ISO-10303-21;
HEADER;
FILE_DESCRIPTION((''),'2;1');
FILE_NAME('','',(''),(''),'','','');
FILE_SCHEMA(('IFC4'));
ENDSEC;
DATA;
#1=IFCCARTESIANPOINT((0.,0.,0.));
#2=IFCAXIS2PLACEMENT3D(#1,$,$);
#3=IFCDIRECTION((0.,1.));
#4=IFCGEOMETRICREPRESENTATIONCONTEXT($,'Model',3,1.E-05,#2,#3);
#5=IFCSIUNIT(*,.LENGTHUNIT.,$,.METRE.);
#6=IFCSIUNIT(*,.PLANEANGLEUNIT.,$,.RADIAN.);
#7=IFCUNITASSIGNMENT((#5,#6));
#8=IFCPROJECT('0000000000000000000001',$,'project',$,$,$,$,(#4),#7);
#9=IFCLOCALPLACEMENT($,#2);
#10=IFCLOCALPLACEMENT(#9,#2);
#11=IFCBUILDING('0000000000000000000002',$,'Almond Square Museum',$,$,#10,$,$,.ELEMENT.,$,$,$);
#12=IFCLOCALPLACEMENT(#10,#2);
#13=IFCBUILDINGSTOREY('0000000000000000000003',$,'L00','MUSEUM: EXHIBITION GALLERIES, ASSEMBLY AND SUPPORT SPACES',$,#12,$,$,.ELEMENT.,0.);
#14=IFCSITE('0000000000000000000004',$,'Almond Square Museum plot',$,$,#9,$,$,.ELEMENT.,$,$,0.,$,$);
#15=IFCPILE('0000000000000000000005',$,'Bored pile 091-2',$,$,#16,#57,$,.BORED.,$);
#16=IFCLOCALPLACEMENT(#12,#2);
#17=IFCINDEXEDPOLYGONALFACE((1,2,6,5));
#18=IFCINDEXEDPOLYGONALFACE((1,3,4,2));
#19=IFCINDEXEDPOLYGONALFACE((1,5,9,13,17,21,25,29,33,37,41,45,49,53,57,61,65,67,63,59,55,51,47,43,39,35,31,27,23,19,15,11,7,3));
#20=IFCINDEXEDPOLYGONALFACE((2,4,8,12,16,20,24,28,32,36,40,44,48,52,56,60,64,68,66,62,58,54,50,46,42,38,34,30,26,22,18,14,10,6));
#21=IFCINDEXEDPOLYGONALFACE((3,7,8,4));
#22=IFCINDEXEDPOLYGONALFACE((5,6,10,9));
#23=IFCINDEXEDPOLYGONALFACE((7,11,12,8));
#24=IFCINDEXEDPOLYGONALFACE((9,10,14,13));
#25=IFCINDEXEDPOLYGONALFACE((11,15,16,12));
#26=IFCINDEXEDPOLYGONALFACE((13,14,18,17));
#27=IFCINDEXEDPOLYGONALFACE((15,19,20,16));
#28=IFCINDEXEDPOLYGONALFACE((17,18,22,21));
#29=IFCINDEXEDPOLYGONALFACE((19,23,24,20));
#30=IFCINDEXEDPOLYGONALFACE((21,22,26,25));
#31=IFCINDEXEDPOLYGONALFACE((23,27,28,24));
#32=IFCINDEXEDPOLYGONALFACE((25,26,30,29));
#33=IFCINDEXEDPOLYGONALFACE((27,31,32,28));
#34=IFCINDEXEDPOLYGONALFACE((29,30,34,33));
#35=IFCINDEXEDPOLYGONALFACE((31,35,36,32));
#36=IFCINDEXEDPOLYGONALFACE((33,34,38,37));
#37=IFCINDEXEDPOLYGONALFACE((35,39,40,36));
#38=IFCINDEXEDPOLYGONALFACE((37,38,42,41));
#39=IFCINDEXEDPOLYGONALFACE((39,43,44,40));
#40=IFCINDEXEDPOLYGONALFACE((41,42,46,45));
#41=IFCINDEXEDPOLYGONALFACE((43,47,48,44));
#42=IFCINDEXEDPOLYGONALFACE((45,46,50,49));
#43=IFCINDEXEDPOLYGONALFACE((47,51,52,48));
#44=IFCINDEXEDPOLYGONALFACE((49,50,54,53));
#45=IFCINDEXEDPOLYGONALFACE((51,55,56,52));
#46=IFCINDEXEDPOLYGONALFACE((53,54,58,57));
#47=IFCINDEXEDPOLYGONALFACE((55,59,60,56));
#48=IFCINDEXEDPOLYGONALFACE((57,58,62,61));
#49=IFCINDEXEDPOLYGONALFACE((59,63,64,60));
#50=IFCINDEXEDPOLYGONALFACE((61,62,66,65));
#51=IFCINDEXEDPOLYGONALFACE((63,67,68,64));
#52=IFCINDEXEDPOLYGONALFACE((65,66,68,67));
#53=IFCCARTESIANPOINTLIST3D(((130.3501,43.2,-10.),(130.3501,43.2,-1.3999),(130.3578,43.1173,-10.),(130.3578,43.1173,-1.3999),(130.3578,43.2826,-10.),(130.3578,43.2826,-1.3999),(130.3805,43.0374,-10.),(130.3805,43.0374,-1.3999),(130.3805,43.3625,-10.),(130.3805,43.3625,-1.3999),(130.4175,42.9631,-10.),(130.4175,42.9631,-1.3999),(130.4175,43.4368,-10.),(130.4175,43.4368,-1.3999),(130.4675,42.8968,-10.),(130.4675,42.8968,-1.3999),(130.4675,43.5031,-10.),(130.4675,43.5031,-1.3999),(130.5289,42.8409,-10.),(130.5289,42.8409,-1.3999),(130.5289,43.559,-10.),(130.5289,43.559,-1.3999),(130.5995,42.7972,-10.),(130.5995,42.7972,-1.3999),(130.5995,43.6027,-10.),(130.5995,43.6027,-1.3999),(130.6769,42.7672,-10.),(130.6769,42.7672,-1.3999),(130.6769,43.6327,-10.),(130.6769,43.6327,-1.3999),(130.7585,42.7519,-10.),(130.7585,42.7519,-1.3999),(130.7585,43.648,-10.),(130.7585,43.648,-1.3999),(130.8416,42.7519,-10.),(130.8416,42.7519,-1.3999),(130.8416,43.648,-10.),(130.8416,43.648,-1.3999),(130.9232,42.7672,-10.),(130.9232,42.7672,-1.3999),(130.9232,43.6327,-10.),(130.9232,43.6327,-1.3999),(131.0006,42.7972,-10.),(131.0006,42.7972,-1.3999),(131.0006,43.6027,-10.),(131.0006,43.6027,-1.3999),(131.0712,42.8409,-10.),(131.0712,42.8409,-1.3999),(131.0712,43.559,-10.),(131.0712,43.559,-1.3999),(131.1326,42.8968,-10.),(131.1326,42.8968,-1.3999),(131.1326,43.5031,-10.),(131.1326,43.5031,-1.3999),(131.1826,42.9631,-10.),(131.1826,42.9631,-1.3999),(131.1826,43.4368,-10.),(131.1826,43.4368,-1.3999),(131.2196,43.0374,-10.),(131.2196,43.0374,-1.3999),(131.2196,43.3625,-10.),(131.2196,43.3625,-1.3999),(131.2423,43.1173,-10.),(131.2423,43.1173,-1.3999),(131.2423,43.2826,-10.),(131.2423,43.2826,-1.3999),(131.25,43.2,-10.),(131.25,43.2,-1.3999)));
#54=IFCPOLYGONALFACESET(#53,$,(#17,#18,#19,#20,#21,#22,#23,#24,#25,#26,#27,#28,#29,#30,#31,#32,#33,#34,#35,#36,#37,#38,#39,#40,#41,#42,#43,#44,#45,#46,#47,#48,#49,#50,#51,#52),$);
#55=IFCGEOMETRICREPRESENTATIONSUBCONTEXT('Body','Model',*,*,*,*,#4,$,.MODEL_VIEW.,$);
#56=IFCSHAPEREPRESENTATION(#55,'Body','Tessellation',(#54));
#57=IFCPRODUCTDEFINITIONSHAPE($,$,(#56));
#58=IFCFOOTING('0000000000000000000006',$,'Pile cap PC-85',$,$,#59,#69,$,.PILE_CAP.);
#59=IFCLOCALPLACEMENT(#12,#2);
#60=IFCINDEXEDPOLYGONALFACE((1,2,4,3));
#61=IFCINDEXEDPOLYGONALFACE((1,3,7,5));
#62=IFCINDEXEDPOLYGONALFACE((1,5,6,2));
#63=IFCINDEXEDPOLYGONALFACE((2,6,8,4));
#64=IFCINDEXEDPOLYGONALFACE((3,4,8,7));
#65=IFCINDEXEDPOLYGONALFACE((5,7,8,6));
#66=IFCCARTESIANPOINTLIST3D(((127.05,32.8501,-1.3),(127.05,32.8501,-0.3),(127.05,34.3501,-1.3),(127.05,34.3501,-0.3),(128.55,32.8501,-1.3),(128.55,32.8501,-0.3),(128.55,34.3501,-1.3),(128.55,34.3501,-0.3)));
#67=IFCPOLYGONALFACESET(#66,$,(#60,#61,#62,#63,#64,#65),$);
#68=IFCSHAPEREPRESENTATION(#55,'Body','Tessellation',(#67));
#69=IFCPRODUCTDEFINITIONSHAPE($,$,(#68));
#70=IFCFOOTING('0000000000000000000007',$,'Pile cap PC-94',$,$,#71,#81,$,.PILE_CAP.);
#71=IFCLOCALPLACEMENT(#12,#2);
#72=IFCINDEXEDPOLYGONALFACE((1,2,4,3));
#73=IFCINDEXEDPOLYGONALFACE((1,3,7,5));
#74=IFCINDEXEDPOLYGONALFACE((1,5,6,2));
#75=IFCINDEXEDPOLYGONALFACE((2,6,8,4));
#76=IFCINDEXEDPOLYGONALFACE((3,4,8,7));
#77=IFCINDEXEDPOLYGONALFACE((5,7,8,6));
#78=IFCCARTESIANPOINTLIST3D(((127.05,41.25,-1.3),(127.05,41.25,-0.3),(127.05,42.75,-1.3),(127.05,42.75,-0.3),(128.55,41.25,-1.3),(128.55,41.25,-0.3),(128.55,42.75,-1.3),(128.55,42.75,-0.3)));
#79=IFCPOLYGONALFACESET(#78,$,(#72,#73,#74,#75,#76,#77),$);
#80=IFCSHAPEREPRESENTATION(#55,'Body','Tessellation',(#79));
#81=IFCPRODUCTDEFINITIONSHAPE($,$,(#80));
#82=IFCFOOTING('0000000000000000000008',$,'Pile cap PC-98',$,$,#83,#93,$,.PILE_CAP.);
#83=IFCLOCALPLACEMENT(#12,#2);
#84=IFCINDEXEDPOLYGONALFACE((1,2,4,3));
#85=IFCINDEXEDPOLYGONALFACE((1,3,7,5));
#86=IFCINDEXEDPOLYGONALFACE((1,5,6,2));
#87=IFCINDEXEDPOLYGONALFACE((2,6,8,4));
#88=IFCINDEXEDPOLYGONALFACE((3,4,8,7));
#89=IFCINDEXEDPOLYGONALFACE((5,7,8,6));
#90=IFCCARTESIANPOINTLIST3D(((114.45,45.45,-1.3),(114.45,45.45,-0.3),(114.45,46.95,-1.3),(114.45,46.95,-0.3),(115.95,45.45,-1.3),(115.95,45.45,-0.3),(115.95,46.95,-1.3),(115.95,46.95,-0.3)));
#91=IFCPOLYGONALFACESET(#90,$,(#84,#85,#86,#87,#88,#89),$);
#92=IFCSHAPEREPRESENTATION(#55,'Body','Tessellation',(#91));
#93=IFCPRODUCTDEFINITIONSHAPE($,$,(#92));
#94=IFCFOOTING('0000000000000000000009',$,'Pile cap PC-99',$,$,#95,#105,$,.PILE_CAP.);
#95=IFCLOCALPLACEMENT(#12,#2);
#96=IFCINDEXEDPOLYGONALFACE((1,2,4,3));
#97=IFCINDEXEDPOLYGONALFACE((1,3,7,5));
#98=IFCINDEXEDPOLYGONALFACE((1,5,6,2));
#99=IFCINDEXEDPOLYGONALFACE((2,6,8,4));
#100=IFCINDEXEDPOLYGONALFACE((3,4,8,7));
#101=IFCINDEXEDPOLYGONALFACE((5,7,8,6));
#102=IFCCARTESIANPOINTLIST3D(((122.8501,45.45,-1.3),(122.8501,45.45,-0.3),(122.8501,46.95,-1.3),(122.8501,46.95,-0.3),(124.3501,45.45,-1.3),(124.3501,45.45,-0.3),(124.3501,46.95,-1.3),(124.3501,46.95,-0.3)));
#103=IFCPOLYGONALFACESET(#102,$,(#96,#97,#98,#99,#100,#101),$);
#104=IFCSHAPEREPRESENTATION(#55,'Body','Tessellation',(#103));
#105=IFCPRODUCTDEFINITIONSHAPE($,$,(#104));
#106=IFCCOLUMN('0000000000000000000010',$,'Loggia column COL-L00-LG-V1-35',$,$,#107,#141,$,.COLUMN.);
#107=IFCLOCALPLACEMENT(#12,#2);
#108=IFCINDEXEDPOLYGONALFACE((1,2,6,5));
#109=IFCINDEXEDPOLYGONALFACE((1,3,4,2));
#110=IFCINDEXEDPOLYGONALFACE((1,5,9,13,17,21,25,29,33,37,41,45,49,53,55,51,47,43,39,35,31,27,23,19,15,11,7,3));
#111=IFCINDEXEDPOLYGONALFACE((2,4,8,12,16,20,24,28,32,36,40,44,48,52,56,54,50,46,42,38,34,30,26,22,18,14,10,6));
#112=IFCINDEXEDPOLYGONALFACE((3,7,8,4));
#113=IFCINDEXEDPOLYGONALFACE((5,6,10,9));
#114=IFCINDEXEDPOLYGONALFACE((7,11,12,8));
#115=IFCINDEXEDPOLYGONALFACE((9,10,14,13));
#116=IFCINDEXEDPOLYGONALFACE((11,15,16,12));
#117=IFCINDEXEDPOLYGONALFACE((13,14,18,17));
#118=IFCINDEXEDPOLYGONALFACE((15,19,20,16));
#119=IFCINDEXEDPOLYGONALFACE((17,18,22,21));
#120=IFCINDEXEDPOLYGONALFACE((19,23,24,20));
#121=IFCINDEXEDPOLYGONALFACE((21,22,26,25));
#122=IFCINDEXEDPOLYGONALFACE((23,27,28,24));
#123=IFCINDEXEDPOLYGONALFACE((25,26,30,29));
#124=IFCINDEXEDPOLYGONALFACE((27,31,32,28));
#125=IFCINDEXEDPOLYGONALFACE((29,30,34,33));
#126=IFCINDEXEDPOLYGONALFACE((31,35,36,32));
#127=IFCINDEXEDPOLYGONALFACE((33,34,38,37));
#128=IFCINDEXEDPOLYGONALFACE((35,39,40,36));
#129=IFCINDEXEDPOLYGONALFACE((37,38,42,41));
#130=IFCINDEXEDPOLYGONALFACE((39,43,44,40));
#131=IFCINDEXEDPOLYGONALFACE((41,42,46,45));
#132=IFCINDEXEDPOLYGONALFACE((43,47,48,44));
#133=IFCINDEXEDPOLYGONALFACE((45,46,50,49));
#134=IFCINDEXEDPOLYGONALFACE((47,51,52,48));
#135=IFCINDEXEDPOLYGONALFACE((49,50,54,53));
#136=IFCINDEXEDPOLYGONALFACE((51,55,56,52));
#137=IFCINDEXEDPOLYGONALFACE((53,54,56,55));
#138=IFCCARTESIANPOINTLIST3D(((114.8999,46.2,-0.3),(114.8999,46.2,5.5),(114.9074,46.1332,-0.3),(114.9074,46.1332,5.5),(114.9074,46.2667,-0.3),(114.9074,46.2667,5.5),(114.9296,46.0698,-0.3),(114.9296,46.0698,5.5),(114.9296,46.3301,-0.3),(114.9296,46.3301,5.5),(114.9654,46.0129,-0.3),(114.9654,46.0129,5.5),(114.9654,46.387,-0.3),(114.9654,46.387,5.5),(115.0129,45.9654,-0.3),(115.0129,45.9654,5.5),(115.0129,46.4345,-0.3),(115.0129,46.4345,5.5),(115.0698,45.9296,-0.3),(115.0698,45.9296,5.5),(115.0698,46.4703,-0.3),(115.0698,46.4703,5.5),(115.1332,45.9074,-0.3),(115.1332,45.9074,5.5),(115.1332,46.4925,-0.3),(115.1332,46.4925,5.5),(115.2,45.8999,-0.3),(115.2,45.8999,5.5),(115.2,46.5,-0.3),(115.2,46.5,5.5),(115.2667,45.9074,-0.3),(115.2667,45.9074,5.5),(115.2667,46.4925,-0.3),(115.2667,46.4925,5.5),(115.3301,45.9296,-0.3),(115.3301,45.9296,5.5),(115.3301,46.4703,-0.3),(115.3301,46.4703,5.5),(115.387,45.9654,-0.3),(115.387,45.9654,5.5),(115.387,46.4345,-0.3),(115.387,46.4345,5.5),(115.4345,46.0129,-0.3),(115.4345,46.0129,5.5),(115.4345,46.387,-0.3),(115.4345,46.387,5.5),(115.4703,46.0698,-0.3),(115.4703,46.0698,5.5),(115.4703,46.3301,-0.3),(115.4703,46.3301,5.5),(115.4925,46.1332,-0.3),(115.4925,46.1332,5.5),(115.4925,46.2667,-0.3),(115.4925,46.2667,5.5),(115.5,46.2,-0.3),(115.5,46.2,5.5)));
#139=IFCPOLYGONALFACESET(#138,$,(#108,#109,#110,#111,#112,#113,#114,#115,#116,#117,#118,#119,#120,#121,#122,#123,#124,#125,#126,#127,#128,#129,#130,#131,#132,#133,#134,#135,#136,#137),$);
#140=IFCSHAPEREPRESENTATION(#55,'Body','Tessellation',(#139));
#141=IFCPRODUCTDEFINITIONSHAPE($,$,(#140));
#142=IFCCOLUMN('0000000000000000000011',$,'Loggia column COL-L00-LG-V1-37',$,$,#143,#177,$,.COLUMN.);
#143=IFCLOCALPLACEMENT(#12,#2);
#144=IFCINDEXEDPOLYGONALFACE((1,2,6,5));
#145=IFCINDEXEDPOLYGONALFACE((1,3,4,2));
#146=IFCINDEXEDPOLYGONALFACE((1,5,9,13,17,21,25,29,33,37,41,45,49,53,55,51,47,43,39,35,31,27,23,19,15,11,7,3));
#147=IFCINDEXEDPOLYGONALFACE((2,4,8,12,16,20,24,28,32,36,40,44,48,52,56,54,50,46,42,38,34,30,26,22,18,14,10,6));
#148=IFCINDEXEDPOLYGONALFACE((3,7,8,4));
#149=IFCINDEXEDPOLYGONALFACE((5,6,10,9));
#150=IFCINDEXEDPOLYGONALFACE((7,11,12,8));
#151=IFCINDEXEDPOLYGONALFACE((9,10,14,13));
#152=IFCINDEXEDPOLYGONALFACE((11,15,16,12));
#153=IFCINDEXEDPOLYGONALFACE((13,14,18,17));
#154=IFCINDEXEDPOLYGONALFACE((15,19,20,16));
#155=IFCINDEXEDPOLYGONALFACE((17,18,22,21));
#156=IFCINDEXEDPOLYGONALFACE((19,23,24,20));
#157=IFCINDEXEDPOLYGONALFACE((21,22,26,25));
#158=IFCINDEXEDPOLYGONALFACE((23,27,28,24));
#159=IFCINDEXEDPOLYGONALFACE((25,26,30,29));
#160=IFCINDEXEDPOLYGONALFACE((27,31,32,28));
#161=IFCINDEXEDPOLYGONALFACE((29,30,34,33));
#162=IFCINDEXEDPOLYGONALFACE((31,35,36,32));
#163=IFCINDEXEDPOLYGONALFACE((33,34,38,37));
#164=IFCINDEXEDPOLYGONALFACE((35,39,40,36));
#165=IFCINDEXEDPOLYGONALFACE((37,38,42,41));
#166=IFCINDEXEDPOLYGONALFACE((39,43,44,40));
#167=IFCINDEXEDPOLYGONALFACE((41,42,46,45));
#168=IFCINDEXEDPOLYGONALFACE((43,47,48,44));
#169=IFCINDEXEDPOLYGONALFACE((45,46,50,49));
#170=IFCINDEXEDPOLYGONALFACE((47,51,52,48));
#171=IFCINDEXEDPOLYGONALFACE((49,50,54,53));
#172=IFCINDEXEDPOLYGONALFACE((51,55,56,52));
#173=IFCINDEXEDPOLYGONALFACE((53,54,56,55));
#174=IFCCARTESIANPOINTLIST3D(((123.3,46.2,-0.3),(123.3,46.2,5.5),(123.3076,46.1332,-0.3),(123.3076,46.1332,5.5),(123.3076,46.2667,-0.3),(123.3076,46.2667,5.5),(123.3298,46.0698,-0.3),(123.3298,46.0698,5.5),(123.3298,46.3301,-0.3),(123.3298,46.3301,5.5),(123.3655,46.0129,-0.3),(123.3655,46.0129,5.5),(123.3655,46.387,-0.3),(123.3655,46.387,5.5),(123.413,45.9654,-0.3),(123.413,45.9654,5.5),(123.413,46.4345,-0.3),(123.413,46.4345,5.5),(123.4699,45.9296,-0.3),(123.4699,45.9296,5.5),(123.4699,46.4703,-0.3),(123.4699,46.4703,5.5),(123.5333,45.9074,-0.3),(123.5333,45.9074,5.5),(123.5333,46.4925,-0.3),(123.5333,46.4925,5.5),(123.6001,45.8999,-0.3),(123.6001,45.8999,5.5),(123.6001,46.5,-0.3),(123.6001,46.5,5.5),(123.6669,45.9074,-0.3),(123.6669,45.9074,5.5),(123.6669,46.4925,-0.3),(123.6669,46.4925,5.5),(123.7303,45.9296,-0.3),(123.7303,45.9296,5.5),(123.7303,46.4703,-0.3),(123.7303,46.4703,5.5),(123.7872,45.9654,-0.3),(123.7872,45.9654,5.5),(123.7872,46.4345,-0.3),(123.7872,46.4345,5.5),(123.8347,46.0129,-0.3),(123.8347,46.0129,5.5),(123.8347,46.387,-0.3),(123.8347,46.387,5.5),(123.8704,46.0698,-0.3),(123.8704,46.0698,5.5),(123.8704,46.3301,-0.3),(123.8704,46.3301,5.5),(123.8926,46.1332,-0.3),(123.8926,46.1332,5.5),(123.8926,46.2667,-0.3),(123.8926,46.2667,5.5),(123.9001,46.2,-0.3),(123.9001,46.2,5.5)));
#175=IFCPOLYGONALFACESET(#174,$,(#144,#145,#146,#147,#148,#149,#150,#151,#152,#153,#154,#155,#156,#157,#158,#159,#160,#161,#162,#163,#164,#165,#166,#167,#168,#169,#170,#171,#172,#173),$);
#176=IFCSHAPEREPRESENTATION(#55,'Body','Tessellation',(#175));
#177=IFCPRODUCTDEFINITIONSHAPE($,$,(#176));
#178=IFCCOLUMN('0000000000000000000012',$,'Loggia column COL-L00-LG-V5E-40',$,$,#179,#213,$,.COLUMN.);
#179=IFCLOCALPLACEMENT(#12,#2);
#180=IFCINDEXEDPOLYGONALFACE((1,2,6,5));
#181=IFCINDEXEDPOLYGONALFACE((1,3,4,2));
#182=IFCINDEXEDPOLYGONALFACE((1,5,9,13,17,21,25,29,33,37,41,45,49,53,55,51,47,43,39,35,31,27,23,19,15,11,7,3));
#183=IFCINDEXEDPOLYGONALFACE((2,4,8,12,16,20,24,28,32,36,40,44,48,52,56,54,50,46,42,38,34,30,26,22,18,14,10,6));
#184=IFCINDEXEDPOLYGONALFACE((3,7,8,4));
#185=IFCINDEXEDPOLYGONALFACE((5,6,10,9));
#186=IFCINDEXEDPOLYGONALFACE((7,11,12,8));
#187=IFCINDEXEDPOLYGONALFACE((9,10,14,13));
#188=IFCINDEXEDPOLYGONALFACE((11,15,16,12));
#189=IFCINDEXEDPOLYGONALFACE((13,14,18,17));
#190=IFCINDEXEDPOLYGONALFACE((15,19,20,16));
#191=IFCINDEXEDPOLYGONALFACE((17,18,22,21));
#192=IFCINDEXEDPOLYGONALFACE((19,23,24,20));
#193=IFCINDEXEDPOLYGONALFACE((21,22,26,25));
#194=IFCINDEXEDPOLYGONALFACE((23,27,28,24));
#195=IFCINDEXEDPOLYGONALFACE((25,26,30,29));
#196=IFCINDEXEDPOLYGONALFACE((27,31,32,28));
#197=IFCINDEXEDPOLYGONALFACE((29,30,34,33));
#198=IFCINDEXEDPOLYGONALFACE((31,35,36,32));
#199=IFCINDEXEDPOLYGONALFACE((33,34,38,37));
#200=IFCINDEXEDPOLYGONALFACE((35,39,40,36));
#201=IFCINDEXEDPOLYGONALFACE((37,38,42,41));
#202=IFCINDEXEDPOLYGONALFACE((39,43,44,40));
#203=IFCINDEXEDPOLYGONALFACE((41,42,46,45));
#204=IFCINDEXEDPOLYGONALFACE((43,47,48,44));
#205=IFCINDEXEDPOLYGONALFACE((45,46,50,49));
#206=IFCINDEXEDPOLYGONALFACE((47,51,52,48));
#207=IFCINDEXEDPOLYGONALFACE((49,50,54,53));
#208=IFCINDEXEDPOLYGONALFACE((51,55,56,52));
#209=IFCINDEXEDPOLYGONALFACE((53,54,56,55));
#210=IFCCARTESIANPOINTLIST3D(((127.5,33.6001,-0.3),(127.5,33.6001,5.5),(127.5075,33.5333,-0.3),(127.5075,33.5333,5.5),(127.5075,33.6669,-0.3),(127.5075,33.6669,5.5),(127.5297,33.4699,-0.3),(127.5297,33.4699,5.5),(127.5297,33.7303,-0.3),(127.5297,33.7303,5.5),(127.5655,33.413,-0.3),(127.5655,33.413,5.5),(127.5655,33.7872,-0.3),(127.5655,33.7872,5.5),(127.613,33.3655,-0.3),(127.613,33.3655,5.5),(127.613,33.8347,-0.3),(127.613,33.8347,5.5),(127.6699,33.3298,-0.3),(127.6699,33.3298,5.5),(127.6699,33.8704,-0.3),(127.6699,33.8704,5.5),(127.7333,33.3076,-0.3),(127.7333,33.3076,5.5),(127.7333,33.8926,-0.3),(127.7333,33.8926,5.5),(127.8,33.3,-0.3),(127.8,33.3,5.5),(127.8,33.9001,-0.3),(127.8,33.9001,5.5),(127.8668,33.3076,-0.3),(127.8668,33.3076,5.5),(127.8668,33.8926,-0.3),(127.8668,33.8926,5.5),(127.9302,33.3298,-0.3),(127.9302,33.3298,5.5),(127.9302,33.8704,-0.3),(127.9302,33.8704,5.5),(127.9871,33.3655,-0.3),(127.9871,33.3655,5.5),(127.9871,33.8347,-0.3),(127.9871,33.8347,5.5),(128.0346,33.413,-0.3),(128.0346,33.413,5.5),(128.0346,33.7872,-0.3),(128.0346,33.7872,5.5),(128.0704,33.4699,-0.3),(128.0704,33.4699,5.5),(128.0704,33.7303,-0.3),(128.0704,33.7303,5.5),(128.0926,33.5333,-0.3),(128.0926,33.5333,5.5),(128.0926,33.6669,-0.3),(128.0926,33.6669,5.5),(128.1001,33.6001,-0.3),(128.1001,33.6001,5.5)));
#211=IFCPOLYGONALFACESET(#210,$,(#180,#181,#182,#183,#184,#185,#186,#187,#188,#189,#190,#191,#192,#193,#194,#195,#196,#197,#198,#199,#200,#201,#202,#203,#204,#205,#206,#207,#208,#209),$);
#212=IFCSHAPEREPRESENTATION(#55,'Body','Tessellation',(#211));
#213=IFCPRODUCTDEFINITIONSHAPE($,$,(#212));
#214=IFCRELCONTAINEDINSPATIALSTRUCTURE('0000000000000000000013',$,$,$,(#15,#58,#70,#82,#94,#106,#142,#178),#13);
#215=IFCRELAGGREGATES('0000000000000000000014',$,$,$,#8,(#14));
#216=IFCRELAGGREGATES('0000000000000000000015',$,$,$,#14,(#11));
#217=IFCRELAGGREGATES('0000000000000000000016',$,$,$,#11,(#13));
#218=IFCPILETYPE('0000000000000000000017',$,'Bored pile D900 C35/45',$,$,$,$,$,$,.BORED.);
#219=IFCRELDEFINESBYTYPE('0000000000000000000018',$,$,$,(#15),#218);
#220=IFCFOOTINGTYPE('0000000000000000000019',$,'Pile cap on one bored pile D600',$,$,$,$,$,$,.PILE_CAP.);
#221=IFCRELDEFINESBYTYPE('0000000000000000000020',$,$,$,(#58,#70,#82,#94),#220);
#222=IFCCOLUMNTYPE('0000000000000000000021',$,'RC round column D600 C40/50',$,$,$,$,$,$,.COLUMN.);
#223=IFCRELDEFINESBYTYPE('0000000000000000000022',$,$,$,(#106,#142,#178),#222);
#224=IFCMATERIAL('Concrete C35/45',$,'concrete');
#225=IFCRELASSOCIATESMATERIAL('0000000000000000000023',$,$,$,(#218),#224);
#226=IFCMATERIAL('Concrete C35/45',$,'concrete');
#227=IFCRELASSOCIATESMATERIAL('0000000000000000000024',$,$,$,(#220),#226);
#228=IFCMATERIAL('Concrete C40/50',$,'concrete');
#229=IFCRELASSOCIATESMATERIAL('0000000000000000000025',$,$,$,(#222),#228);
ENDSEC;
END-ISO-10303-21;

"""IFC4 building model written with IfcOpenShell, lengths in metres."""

from ifc_helpers import new_model, si_unit, direction, frame, origin, origin_2d, place, context, subcontext, project, spatial, rectangle, circle, extrude, material, material_profile, profile_set, type_object, element, save


model = new_model("IFC4")

# Units and contexts
model_context = context("Model", 3, precision=1e-05, world=origin(), true_north=direction((0.0, 1.0)))
body_context = subcontext(model_context, "Body", "Model", "MODEL_VIEW")
ifc_project = project(units=[si_unit("LENGTHUNIT", "METRE"), si_unit("PLANEANGLEUNIT", "RADIAN")], contexts=[model_context])

# Site, building, storey
site_placement = place(None, origin())
site = spatial("IfcSite", under=ifc_project, at=site_placement, Name="Almond Square Museum plot", CompositionType="ELEMENT", RefElevation=0.0)
building_placement = place(site_placement, origin())
building = spatial("IfcBuilding", under=site, at=building_placement, Name="Almond Square Museum", CompositionType="ELEMENT")
storey_placement = place(building_placement, origin())
storey = spatial("IfcBuildingStorey", under=building, at=storey_placement, Name="L00", Description="MUSEUM: EXHIBITION GALLERIES, ASSEMBLY AND SUPPORT SPACES", CompositionType="ELEMENT", Elevation=0.0)

# Pile
ifc_material_1 = material(Name="Concrete C35/45", Category="concrete")
ifc_material_profile_1 = material_profile(ifc_material_1, circle(Radius=0.45, at=origin_2d()))
ifc_profile_set_1 = profile_set([ifc_material_profile_1], Name="Concrete C35/45")
pile_type_1 = type_object("IfcPileType", Name="Bored pile D900 C35/45", PredefinedType="BORED", material=ifc_profile_set_1)
for number, where, z_axis, x_axis, name in (
    (1, (130.8, 43.2, -1.3999), (0.0, 0.0, -1.0), (1.0, 0.0, 0.0), "Bored pile 091-2"),
):
    element("IfcPile", number, at=place(storey_placement, frame(where, z_axis=z_axis, x_axis=x_axis)), inside=storey, type_object=pile_type_1, Name=name, PredefinedType="BORED", context=body_context, shape_type="SweptSolid", body=[
        extrude(circle(Radius=0.45, at=origin_2d()), origin(), (0.0, 0.0, 1.0), 8.6001),
    ])

# Footings
ifc_material_2 = material(Name="Concrete C35/45", Category="concrete")
footing_type = type_object("IfcFootingType", Name="Pile cap on one bored pile D600", PredefinedType="PILE_CAP", material=ifc_material_2)
for number, where, z_axis, x_axis, name in (
    (2, (127.8, 33.6001, -1.3), (0.0, 0.0, 1.0), (1.0, 0.0, 0.0), "Pile cap PC-85"),
    (3, (127.8, 42.0, -1.3), (0.0, 0.0, 1.0), (1.0, 0.0, 0.0), "Pile cap PC-94"),
    (4, (115.2, 46.2, -1.3), (0.0, 0.0, 1.0), (1.0, 0.0, 0.0), "Pile cap PC-98"),
    (5, (123.6001, 46.2, -1.3), (0.0, 0.0, 1.0), (1.0, 0.0, 0.0), "Pile cap PC-99"),
):
    element("IfcFooting", number, at=place(storey_placement, frame(where, z_axis=z_axis, x_axis=x_axis)), inside=storey, type_object=footing_type, Name=name, PredefinedType="PILE_CAP", context=body_context, shape_type="SweptSolid", body=[
        extrude(rectangle(XDim=1.5, YDim=1.5, at=origin_2d()), origin(), (0.0, 0.0, 1.0), 1.0),
    ])

# Columns
ifc_material_3 = material(Name="Concrete C40/50", Category="concrete")
ifc_material_profile_2 = material_profile(ifc_material_3, circle(Radius=0.3, at=origin_2d()))
ifc_profile_set_2 = profile_set([ifc_material_profile_2], Name="Concrete C40/50")
column_type = type_object("IfcColumnType", Name="RC round column D600 C40/50", PredefinedType="COLUMN", material=ifc_profile_set_2)
for number, where, z_axis, x_axis, name in (
    (6, (115.2, 46.2, -0.3), (0.0, 0.0, 1.0), (1.0, 0.0, 0.0), "Loggia column COL-L00-LG-V1-35"),
    (7, (123.6001, 46.2, -0.3), (0.0, 0.0, 1.0), (1.0, 0.0, 0.0), "Loggia column COL-L00-LG-V1-37"),
    (8, (127.8, 33.6001, -0.3), (0.0, 0.0, 1.0), (1.0, 0.0, 0.0), "Loggia column COL-L00-LG-V5E-40"),
):
    element("IfcColumn", number, at=place(storey_placement, frame(where, z_axis=z_axis, x_axis=x_axis)), inside=storey, type_object=column_type, Name=name, PredefinedType="COLUMN", context=body_context, shape_type="SweptSolid", body=[
        extrude(circle(Radius=0.3, at=origin_2d()), origin(), (0.0, 0.0, 1.0), 5.8),
    ])

save(model, "model.ifc")
